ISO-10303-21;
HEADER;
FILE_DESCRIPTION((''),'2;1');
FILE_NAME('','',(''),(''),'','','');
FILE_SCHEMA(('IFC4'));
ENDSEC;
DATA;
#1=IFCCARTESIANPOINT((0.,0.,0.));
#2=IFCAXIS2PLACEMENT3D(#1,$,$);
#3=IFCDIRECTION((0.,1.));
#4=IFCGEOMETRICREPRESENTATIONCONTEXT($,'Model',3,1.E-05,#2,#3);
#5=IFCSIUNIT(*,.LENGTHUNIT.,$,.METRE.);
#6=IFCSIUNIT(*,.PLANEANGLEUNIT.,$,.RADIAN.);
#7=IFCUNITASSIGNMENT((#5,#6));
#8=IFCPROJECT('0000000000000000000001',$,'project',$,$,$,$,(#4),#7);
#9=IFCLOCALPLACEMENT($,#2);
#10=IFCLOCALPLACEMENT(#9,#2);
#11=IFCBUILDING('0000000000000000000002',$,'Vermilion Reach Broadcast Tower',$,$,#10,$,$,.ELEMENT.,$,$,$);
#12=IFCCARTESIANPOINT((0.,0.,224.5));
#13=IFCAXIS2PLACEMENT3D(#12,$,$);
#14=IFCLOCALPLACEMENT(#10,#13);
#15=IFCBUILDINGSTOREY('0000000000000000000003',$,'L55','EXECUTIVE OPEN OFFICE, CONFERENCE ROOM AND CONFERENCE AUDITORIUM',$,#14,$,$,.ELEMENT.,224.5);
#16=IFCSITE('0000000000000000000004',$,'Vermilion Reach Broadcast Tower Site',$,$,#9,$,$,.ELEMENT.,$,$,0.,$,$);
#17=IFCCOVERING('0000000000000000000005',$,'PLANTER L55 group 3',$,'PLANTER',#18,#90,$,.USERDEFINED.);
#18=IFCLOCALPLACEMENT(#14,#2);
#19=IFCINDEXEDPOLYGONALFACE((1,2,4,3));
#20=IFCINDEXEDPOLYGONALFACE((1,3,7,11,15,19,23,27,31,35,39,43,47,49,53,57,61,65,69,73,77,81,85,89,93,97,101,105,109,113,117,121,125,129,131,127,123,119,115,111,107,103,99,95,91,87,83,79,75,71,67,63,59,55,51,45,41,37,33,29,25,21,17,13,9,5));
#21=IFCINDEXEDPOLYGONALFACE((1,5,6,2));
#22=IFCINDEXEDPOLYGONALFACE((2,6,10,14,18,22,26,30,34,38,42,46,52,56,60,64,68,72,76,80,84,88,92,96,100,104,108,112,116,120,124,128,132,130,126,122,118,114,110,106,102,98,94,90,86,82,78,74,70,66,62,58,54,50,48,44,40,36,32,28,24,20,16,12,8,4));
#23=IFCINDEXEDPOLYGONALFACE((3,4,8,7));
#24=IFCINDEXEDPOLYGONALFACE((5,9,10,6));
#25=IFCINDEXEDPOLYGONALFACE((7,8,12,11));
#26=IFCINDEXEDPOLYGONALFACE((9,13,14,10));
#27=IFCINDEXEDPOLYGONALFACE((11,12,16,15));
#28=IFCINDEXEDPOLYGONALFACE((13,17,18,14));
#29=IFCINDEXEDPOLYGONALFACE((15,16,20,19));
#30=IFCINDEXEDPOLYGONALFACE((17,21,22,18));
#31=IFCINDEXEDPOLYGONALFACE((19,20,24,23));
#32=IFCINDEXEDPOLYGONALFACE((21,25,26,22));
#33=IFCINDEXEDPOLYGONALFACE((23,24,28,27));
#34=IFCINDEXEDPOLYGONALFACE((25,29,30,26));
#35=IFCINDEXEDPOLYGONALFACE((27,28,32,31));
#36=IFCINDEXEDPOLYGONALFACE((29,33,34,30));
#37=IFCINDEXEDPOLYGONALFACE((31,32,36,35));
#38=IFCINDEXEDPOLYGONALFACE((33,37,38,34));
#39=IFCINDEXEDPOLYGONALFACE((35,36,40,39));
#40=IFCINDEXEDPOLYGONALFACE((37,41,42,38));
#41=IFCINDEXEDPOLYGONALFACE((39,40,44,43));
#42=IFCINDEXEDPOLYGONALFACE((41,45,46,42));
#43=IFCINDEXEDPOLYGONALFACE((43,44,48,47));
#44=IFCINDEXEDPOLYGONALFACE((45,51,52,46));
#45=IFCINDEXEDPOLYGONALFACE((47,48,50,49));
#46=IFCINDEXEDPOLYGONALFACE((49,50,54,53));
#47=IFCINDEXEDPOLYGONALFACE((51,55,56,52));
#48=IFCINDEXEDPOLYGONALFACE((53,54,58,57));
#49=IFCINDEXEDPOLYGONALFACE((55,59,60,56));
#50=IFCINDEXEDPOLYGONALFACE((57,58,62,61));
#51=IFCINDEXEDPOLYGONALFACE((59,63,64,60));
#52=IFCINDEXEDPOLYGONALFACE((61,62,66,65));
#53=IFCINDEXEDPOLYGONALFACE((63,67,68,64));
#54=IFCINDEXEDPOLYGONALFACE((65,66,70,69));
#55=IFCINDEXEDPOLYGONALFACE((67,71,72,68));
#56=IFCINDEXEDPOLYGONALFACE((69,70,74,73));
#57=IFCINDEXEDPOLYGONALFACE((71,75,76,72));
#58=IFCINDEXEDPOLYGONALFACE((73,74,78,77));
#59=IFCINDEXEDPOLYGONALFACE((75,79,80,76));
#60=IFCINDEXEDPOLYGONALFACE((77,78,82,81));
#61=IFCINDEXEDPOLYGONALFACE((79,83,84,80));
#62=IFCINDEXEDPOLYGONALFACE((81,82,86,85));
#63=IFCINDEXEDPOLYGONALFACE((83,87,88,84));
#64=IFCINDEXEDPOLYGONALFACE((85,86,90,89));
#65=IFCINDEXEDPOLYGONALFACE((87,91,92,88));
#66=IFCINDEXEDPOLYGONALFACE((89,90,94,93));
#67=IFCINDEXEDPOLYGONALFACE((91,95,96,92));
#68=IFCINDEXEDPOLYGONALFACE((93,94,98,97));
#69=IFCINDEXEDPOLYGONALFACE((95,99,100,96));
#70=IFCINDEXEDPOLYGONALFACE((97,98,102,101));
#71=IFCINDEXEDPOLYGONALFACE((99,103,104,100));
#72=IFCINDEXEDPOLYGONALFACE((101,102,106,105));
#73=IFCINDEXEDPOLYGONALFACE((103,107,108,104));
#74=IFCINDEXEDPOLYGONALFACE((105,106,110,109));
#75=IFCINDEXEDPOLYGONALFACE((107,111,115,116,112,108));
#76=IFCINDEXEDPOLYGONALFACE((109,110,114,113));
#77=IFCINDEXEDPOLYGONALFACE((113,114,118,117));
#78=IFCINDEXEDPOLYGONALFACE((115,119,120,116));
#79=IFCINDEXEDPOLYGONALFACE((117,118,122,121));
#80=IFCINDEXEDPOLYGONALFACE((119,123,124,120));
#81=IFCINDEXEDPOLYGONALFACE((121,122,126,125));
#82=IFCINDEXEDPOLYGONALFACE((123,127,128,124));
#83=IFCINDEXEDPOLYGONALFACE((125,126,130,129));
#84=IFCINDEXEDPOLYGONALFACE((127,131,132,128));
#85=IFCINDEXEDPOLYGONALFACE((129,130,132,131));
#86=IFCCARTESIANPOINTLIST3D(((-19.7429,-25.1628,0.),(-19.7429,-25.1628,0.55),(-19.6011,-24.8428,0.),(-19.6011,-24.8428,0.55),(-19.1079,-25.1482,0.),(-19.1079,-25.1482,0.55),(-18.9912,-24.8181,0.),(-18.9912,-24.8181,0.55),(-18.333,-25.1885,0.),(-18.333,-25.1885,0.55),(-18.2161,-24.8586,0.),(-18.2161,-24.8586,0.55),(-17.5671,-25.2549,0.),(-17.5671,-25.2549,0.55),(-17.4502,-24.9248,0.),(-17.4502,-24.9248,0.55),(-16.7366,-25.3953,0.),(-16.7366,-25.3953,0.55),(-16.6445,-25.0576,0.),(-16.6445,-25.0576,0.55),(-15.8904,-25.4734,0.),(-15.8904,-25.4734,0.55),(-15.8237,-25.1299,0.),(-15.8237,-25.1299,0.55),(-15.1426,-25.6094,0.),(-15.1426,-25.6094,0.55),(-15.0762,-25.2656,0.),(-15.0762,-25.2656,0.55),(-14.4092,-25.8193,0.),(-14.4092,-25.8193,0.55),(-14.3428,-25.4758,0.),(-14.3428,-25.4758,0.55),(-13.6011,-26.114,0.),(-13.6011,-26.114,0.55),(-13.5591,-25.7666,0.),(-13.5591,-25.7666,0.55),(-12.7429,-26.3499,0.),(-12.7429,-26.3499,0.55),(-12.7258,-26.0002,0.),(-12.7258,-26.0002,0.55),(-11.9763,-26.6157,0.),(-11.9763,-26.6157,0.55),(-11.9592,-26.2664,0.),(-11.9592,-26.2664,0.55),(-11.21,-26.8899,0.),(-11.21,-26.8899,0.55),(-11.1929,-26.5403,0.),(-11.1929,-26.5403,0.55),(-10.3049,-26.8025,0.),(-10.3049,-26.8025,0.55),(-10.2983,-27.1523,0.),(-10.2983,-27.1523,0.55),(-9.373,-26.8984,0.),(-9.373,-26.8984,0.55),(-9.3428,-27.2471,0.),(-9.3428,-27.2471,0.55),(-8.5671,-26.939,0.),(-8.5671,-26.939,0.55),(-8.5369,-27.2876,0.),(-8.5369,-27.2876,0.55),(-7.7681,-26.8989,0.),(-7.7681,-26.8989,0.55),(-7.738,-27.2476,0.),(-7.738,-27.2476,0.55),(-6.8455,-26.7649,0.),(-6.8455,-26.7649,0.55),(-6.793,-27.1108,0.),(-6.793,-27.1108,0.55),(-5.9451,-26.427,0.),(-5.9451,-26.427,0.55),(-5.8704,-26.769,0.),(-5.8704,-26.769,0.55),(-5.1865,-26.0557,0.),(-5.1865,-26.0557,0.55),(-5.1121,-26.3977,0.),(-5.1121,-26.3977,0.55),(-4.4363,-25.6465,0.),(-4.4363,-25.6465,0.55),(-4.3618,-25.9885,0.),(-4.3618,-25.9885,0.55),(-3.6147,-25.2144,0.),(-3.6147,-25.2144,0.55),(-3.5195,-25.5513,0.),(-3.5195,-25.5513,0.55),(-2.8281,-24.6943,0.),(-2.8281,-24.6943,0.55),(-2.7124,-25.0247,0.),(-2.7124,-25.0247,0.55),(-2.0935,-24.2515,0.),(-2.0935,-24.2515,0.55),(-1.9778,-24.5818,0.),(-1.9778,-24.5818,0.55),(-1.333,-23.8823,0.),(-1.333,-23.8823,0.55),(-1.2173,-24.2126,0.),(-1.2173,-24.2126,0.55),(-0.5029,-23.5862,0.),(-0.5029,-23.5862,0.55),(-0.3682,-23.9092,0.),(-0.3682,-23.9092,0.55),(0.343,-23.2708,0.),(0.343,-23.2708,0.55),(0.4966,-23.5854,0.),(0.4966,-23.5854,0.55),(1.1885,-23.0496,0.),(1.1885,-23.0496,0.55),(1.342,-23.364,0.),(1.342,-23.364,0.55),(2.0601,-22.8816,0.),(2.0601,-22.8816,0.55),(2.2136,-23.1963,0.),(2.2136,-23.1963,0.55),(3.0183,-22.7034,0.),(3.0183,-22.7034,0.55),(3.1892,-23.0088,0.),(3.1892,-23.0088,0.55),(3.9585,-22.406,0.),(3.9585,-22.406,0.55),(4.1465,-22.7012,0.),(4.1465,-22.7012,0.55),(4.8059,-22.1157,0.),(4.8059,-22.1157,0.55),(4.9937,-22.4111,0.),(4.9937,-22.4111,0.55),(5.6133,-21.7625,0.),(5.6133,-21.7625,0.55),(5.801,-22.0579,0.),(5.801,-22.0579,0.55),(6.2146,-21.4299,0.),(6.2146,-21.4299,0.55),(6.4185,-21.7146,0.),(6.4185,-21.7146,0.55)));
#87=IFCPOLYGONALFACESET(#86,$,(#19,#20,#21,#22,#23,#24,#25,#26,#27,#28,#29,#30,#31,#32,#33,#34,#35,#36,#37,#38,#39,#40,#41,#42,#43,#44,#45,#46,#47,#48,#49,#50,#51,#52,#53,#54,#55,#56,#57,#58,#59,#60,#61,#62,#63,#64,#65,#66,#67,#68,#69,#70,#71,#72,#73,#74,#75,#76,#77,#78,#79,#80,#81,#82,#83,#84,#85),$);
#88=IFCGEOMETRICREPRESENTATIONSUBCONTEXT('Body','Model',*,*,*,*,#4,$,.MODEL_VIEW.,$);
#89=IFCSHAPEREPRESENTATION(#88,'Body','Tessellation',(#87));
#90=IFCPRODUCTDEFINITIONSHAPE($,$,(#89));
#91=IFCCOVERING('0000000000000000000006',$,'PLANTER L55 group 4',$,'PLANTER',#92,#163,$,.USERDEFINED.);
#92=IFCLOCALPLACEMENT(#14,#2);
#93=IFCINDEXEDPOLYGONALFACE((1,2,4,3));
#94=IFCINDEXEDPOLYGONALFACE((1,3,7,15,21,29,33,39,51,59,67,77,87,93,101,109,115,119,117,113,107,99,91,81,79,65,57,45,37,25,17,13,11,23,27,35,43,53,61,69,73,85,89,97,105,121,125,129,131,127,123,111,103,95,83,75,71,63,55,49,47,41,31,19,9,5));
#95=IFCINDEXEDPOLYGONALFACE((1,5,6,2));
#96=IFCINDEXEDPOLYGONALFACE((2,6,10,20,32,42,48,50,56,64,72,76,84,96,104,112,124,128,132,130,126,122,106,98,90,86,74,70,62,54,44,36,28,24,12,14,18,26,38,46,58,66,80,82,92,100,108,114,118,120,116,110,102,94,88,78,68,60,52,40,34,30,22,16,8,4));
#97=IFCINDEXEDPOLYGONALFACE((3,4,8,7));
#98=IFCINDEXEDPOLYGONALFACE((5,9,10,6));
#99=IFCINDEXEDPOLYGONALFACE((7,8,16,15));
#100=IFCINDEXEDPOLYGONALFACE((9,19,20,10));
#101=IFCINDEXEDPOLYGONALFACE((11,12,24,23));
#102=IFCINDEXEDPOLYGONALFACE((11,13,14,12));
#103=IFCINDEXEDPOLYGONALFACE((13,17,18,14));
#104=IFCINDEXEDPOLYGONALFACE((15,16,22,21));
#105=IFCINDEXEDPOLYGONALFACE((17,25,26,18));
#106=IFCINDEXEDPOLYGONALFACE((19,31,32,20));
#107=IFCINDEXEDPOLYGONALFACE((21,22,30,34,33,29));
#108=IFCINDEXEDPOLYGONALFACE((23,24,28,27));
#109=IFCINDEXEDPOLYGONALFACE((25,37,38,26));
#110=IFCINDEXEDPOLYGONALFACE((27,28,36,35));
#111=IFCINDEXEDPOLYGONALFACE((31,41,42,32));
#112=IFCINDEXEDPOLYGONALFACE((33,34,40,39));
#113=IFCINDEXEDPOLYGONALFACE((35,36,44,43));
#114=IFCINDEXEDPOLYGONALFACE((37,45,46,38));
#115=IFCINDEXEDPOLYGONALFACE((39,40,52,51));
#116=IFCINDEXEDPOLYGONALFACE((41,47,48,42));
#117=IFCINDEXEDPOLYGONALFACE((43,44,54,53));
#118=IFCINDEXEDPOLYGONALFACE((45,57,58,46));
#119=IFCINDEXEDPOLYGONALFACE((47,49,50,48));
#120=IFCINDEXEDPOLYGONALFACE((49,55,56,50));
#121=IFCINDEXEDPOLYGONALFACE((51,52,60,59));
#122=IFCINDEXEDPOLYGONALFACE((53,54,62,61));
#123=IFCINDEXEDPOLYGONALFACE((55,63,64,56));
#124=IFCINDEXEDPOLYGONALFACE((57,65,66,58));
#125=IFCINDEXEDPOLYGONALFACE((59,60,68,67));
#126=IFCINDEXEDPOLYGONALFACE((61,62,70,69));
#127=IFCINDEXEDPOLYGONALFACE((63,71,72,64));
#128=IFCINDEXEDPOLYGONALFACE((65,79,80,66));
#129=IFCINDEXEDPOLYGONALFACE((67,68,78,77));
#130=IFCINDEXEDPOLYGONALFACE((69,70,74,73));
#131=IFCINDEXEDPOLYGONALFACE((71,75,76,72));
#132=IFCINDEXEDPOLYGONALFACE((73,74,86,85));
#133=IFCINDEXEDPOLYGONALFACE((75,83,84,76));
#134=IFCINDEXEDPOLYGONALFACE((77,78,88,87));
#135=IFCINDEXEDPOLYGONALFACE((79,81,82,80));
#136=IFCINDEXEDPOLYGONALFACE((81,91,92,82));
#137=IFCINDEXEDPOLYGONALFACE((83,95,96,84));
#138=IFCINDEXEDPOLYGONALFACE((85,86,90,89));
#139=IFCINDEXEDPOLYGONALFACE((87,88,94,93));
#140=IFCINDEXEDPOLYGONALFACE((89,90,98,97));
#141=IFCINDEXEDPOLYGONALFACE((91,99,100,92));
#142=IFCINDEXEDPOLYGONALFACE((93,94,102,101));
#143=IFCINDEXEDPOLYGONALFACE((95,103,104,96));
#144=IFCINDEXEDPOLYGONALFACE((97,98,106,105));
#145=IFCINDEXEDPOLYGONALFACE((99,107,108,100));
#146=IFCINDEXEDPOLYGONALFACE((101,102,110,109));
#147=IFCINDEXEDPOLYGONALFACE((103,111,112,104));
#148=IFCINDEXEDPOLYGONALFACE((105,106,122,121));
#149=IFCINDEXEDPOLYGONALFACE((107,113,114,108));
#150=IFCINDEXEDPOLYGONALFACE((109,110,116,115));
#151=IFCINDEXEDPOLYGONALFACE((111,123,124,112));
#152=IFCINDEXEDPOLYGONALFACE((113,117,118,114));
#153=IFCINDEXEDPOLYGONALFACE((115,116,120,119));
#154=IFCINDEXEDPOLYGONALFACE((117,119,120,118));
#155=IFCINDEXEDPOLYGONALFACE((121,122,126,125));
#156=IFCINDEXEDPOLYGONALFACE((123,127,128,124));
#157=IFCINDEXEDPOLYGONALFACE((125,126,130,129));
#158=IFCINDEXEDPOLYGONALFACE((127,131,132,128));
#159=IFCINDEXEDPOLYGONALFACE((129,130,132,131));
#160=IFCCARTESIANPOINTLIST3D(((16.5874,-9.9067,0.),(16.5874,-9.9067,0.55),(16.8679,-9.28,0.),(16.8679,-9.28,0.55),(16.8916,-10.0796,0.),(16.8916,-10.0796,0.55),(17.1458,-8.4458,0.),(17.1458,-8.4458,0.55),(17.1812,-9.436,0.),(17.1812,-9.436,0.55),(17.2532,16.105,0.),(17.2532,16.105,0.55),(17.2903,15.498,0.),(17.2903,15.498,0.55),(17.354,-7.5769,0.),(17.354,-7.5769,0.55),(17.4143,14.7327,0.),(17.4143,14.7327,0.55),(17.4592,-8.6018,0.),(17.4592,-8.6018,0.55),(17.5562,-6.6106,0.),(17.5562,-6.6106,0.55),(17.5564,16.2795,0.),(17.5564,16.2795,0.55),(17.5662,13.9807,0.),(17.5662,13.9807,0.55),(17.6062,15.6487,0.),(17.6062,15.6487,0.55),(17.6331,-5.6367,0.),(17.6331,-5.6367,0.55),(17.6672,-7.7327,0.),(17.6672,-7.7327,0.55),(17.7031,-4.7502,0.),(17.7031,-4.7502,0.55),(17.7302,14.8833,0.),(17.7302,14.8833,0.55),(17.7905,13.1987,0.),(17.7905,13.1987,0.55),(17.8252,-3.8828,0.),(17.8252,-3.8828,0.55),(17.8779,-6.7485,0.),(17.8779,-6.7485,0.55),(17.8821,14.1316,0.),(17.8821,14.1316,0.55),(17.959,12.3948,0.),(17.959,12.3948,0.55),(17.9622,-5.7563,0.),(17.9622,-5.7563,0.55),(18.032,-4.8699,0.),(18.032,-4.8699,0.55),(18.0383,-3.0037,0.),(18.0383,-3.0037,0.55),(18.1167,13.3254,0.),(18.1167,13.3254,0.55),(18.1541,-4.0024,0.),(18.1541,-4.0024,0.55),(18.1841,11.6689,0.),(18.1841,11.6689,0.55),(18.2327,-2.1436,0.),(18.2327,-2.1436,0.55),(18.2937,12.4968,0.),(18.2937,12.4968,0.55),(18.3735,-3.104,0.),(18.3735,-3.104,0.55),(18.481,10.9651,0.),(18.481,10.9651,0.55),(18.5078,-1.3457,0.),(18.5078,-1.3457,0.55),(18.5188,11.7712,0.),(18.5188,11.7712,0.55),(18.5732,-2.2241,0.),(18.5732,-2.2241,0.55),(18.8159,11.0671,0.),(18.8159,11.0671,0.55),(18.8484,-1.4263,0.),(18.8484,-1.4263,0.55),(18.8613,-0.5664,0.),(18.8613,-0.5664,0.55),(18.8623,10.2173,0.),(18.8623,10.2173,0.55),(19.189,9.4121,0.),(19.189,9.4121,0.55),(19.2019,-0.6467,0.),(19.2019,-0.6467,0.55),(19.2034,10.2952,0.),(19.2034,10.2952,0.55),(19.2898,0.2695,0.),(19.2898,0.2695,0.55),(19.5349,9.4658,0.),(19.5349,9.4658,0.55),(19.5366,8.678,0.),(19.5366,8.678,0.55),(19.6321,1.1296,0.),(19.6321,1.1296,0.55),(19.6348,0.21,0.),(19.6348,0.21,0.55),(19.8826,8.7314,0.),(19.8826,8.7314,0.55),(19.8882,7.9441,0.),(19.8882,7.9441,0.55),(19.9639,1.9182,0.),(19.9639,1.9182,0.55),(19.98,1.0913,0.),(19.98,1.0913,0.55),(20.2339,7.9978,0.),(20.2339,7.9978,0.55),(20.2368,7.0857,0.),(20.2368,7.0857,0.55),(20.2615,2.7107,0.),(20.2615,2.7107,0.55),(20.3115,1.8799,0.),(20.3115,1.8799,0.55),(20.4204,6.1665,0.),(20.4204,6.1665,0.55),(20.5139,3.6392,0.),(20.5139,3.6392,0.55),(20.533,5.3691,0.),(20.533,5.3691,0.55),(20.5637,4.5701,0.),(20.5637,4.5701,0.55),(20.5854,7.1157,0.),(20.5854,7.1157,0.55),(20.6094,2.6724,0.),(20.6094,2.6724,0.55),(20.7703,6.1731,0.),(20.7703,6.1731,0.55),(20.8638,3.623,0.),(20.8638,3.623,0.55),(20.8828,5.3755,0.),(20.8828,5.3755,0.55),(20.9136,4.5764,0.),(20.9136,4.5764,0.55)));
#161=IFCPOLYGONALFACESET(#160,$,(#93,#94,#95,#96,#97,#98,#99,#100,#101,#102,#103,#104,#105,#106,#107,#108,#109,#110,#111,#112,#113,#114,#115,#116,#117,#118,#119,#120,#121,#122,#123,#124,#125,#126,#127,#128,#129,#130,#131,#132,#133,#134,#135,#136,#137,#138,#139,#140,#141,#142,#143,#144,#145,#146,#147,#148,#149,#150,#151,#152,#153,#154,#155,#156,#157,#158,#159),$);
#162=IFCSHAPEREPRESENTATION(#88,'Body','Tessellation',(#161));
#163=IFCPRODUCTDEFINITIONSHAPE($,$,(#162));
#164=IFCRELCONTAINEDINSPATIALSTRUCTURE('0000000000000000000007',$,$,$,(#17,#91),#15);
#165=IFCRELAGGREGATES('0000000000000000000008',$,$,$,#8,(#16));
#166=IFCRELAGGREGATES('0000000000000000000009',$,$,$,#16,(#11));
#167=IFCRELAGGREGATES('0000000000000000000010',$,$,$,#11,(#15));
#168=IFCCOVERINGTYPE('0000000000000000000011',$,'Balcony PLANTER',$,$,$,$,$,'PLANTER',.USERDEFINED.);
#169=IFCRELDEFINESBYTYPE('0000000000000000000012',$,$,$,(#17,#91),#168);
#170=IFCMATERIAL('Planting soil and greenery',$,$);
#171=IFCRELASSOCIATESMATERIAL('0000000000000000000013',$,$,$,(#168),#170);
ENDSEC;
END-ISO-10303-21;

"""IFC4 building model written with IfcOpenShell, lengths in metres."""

from ifc_helpers import new_model, si_unit, direction, frame, origin, place, context, subcontext, project, spatial, polyline, outline, extrude, material, type_object, element, save


model = new_model("IFC4")

# Units and contexts
model_context = context("Model", 3, precision=1e-05, world=origin(), true_north=direction((0.0, 1.0)))
body_context = subcontext(model_context, "Body", "Model", "MODEL_VIEW")
ifc_project = project(units=[si_unit("LENGTHUNIT", "METRE"), si_unit("PLANEANGLEUNIT", "RADIAN")], contexts=[model_context])

# Site, building, storey
site_placement = place(None, origin())
site = spatial("IfcSite", under=ifc_project, at=site_placement, Name="Vermilion Reach Broadcast Tower Site", CompositionType="ELEMENT", RefElevation=0.0)
building_placement = place(site_placement, origin())
building = spatial("IfcBuilding", under=site, at=building_placement, Name="Vermilion Reach Broadcast Tower", CompositionType="ELEMENT")
storey_placement = place(building_placement, frame((0.0, 0.0, 224.5)))
storey = spatial("IfcBuildingStorey", under=building, at=storey_placement, Name="L55", Description="EXECUTIVE OPEN OFFICE, CONFERENCE ROOM AND CONFERENCE AUDITORIUM", CompositionType="ELEMENT", Elevation=224.5)

# Shared definitions
placement_1 = place(storey_placement, origin())

# Coverings
ifc_material_1 = material(Name="Planting soil and greenery")
covering_type = type_object("IfcCoveringType", Name="Balcony PLANTER", ElementType="PLANTER", PredefinedType="USERDEFINED", material=ifc_material_1)
element("IfcCovering", 1, at=placement_1, inside=storey, type_object=covering_type, Name="PLANTER L55 group 3", ObjectType="PLANTER", PredefinedType="USERDEFINED", context=body_context, shape_type="SweptSolid", body=[
    extrude(outline(polyline([(-19.7429, -25.1628), (-19.1079, -25.1482), (-18.333, -25.1885), (-17.5671, -25.2549), (-16.7366, -25.3953), (-15.8904, -25.4734), (-15.1426, -25.6094), (-14.4092, -25.8193), (-13.6011, -26.114), (-12.7429, -26.3499), (-11.9763, -26.6157), (-11.21, -26.8899), (-10.2983, -27.1523), (-9.3428, -27.2471), (-8.5369, -27.2876), (-7.738, -27.2476), (-6.793, -27.1108), (-5.8704, -26.769), (-5.1121, -26.3977), (-4.3618, -25.9885), (-3.5195, -25.5513), (-2.7124, -25.0247), (-1.9778, -24.5818), (-1.2173, -24.2126), (-0.3682, -23.9092), (0.4966, -23.5854), (1.342, -23.364), (2.2136, -23.1963), (3.1892, -23.0088), (4.1465, -22.7012), (4.9937, -22.4111), (5.801, -22.0579), (6.4185, -21.7146), (6.2146, -21.4299), (5.6133, -21.7625), (4.8059, -22.1157), (3.9585, -22.406), (3.0183, -22.7034), (2.0601, -22.8816), (1.1885, -23.0496), (0.343, -23.2708), (-0.5029, -23.5862), (-1.333, -23.8823), (-2.0935, -24.2515), (-2.8281, -24.6943), (-3.6147, -25.2144), (-4.4363, -25.6465), (-5.1865, -26.0557), (-5.9451, -26.427), (-6.8455, -26.7649), (-7.7681, -26.8989), (-8.5671, -26.939), (-9.373, -26.8984), (-10.3049, -26.8025), (-11.1929, -26.5403), (-11.9592, -26.2664), (-12.7258, -26.0002), (-13.5591, -25.7666), (-14.3428, -25.4758), (-15.0762, -25.2656), (-15.8237, -25.1299), (-16.6445, -25.0576), (-17.4502, -24.9248), (-18.2161, -24.8586), (-18.9912, -24.8181), (-19.6011, -24.8428), (-19.7429, -25.1628)])), origin(), (0.0, 0.0, 1.0), 0.55),
])
element("IfcCovering", 2, at=placement_1, inside=storey, type_object=covering_type, Name="PLANTER L55 group 4", ObjectType="PLANTER", PredefinedType="USERDEFINED", context=body_context, shape_type="SweptSolid", body=[
    extrude(outline(polyline([(16.8916, -10.0796), (17.1812, -9.436), (17.4592, -8.6018), (17.6672, -7.7327), (17.8779, -6.7485), (17.9622, -5.7563), (18.032, -4.8699), (18.1541, -4.0024), (18.3735, -3.104), (18.5732, -2.2241), (18.8484, -1.4263), (19.2019, -0.6467), (19.6348, 0.21), (19.98, 1.0913), (20.3115, 1.8799), (20.6094, 2.6724), (20.8638, 3.623), (20.9136, 4.5764), (20.8828, 5.3755), (20.7703, 6.1731), (20.5854, 7.1157), (20.2339, 7.9978), (19.8826, 8.7314), (19.5349, 9.4658), (19.2034, 10.2952), (18.8159, 11.0671), (18.5188, 11.7712), (18.2937, 12.4968), (18.1167, 13.3254), (17.8821, 14.1316), (17.7302, 14.8833), (17.6062, 15.6487), (17.5564, 16.2795), (17.2532, 16.105), (17.2903, 15.498), (17.4143, 14.7327), (17.5662, 13.9807), (17.7905, 13.1987), (17.959, 12.3948), (18.1841, 11.6689), (18.481, 10.9651), (18.8623, 10.2173), (19.189, 9.4121), (19.5366, 8.678), (19.8882, 7.9441), (20.2368, 7.0857), (20.4204, 6.1665), (20.533, 5.3691), (20.5637, 4.5701), (20.5139, 3.6392), (20.2615, 2.7107), (19.9639, 1.9182), (19.6321, 1.1296), (19.2898, 0.2695), (18.8613, -0.5664), (18.5078, -1.3457), (18.2327, -2.1436), (18.0383, -3.0037), (17.8252, -3.8828), (17.7031, -4.7502), (17.6331, -5.6367), (17.5562, -6.6106), (17.354, -7.5769), (17.1458, -8.4458), (16.8679, -9.28), (16.5874, -9.9067), (16.8916, -10.0796)])), origin(), (0.0, 0.0, 1.0), 0.55),
])

save(model, "model.ifc")
